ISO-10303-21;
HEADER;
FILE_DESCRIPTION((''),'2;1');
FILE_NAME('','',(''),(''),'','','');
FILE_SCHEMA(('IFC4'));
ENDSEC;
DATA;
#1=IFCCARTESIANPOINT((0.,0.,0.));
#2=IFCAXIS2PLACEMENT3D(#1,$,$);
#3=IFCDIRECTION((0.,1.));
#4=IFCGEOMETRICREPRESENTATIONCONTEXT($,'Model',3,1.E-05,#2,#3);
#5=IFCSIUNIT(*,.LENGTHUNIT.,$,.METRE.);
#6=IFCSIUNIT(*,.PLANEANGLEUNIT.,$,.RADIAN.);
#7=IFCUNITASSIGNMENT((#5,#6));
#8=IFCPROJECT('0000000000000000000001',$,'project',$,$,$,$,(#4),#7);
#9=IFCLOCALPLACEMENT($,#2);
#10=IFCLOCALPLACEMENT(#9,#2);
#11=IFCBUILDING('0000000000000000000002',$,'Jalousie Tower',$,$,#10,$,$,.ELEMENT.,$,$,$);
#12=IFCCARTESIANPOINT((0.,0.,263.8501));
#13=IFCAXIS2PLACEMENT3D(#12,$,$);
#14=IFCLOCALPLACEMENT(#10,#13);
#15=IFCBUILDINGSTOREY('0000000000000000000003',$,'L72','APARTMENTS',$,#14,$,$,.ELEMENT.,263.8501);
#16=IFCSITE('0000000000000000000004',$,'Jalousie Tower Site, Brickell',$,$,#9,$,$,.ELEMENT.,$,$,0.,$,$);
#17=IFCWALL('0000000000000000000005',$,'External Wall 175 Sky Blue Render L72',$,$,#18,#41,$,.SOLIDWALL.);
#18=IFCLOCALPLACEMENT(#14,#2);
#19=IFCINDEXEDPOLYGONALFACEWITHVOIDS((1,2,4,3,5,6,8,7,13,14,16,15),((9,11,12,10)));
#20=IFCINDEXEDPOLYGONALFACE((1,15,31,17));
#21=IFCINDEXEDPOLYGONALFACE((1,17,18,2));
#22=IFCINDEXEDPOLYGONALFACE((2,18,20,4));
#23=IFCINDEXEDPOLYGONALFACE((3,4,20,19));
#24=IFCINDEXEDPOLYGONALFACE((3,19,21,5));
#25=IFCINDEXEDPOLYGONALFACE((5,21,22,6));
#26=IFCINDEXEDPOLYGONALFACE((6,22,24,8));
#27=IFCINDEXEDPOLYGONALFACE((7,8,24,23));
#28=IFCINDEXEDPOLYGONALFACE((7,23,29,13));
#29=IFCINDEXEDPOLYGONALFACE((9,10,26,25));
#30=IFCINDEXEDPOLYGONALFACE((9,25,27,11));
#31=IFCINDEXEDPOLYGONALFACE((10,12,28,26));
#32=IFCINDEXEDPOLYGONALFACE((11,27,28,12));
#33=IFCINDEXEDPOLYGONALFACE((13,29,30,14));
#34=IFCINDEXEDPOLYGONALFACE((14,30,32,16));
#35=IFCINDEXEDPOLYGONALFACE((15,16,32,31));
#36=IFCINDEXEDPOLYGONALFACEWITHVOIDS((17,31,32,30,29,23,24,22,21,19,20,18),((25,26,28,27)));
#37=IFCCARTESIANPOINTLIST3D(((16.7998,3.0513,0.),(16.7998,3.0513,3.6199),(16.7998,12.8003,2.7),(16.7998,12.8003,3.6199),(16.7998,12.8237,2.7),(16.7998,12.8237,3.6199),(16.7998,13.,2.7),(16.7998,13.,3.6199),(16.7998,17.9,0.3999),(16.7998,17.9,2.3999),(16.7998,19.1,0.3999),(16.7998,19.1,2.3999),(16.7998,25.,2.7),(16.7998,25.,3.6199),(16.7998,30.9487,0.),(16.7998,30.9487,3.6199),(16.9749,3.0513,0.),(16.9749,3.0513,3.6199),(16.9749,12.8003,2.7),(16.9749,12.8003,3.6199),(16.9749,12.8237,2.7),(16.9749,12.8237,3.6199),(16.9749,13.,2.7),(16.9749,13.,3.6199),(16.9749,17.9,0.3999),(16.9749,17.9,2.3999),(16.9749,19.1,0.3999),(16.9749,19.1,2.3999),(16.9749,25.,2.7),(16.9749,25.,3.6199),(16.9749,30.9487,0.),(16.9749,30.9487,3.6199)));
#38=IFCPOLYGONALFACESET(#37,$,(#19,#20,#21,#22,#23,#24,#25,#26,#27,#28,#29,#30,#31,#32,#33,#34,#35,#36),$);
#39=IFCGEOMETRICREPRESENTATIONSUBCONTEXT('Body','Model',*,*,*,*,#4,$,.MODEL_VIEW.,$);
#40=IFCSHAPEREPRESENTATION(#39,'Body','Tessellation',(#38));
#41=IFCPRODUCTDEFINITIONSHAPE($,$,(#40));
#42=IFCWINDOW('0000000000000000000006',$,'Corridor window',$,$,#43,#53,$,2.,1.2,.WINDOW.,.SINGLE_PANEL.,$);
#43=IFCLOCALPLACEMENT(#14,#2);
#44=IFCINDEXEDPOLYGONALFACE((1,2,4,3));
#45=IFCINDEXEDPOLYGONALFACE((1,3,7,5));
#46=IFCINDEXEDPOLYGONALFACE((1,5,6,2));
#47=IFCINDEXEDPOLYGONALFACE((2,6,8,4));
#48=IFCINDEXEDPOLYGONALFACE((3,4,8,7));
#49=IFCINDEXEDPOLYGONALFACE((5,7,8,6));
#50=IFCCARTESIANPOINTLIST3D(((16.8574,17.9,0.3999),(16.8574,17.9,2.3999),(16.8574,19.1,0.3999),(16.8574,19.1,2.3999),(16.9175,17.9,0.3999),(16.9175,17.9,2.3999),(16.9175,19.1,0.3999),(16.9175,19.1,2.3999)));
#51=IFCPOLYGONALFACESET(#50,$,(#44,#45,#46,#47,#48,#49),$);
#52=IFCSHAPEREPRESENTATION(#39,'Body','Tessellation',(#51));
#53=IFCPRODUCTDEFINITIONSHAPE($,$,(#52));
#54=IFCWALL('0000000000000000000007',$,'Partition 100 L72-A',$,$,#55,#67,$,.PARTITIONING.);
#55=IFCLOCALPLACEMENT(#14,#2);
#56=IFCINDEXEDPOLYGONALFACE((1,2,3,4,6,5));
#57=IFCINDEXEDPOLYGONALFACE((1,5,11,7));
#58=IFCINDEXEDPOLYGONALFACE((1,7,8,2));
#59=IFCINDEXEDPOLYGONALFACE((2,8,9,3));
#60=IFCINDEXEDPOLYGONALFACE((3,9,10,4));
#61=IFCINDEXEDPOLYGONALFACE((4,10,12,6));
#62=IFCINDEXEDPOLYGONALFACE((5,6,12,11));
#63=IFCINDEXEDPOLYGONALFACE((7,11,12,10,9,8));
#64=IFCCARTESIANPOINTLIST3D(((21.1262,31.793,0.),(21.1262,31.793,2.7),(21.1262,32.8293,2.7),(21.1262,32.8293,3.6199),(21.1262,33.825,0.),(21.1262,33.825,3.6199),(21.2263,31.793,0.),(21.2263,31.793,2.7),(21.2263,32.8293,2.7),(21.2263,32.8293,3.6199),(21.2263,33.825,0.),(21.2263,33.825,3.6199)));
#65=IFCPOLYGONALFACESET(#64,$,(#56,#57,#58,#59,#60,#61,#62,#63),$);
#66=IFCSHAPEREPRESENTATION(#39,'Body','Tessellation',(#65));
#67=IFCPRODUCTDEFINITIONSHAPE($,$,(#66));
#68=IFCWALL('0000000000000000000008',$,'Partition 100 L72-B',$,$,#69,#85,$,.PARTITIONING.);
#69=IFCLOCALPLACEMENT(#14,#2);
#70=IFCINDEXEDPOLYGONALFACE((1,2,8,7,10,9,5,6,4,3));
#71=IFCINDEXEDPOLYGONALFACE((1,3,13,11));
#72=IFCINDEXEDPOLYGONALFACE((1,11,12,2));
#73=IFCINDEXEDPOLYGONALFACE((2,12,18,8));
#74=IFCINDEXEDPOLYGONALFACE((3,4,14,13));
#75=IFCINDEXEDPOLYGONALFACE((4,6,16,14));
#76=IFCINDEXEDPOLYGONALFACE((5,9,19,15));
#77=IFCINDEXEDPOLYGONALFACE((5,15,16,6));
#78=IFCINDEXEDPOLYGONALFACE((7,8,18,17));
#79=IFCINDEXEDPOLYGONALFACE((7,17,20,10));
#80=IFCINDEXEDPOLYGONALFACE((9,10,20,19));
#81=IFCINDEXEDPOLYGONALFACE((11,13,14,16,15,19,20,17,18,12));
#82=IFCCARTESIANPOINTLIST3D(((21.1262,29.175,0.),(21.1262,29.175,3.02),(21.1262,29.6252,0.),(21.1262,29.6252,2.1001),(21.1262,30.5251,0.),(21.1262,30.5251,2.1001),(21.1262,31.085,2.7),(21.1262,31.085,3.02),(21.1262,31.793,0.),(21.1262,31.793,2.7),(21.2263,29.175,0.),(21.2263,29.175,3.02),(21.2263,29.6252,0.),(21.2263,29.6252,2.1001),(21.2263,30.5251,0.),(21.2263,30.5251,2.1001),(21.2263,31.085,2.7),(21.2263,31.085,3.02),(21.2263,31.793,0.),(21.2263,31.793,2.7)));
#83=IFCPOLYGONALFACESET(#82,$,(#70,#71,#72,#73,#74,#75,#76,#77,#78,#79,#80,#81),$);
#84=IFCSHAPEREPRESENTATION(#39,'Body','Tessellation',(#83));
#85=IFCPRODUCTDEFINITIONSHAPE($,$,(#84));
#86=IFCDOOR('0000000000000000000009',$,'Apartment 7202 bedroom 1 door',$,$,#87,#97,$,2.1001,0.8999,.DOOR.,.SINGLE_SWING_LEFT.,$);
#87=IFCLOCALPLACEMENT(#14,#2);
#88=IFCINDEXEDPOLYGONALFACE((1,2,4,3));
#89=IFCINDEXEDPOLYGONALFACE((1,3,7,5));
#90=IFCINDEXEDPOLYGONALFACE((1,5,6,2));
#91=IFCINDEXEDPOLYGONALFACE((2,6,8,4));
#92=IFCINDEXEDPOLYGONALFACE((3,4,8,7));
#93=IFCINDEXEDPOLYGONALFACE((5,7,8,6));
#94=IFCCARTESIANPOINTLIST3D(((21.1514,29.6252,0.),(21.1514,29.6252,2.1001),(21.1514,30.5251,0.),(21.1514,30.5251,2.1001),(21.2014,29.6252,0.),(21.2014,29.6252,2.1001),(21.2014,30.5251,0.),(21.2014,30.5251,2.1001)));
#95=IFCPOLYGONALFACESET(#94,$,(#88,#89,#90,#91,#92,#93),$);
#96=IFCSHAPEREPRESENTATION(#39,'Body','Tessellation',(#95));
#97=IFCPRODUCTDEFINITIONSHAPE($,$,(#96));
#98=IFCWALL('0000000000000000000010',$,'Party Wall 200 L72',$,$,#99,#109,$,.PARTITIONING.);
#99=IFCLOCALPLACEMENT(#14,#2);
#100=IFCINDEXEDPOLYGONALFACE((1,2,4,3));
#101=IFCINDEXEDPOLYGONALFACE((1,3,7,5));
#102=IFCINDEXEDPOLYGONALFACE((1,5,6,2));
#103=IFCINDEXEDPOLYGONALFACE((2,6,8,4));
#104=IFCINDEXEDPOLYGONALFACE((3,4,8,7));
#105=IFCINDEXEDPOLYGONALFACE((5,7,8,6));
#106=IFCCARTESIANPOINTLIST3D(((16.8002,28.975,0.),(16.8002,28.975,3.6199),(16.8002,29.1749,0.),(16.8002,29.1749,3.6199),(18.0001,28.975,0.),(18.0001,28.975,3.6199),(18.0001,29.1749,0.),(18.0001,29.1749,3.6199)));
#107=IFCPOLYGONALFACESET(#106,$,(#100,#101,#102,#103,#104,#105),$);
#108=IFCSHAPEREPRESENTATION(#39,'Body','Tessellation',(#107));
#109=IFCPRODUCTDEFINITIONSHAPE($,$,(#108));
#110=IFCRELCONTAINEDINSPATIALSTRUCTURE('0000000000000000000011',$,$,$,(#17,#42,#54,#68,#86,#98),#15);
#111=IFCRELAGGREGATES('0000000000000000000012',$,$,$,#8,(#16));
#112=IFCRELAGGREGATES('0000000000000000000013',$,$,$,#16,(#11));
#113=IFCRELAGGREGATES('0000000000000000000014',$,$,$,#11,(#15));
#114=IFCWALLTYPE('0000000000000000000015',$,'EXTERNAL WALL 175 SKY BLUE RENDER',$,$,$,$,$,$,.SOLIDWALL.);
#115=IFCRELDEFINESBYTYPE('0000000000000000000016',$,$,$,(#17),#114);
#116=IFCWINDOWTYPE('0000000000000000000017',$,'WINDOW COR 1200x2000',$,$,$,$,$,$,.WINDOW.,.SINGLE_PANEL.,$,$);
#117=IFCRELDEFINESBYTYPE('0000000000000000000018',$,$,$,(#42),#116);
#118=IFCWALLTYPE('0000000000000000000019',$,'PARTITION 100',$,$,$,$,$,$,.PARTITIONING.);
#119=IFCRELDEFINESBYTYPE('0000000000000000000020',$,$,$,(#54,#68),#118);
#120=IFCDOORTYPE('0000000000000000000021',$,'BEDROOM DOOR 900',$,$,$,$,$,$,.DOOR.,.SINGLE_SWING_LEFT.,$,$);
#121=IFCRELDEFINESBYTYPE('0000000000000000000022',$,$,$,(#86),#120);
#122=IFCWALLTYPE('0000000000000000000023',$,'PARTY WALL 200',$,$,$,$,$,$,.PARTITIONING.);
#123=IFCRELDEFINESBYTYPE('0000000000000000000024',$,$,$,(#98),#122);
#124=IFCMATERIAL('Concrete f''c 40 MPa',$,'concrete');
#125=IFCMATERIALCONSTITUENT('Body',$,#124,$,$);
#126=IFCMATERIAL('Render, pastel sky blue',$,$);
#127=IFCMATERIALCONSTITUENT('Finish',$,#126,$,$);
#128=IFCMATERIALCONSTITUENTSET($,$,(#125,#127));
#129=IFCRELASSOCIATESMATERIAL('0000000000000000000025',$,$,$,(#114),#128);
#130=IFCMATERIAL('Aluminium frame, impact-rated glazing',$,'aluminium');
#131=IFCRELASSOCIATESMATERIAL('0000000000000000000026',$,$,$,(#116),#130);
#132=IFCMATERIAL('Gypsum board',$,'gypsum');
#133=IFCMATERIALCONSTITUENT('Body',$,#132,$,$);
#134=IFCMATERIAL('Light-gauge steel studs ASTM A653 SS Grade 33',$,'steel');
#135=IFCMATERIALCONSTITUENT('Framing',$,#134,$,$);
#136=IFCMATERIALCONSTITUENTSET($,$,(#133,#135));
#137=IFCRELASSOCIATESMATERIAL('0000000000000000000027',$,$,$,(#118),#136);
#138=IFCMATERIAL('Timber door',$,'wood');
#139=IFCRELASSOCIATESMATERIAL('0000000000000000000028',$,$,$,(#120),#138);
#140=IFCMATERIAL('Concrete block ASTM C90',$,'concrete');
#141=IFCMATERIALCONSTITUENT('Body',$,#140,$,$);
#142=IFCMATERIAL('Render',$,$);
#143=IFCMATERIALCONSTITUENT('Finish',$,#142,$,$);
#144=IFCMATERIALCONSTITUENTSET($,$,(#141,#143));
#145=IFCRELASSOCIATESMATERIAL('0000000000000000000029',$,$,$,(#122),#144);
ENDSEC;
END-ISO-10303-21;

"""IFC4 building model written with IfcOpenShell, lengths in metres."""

from ifc_helpers import new_model, si_unit, direction, frame, frame_2d, origin, place, context, subcontext, project, spatial, polyline, rectangle, outline, extrude, material, constituent, constituent_set, type_object, element, fill, save


model = new_model("IFC4")

# Units and contexts
model_context = context("Model", 3, precision=1e-05, world=origin(), true_north=direction((0.0, 1.0)))
body_context = subcontext(model_context, "Body", "Model", "MODEL_VIEW")
ifc_project = project(units=[si_unit("LENGTHUNIT", "METRE"), si_unit("PLANEANGLEUNIT", "RADIAN")], contexts=[model_context])

# Site, building, storey
site_placement = place(None, origin())
site = spatial("IfcSite", under=ifc_project, at=site_placement, Name="Jalousie Tower Site, Brickell", CompositionType="ELEMENT", RefElevation=0.0)
building_placement = place(site_placement, origin())
building = spatial("IfcBuilding", under=site, at=building_placement, Name="Jalousie Tower", CompositionType="ELEMENT")
storey_placement = place(building_placement, frame((0.0, 0.0, 263.8501)))
storey = spatial("IfcBuildingStorey", under=building, at=storey_placement, Name="L72", Description="APARTMENTS", CompositionType="ELEMENT", Elevation=263.8501)

# Wall, opening, window
ifc_material_1 = material(Name="Concrete f'c 40 MPa", Category="concrete")
ifc_constituent_1 = constituent(ifc_material_1, Name="Body")
ifc_material_2 = material(Name="Render, pastel sky blue")
ifc_constituent_2 = constituent(ifc_material_2, Name="Finish")
ifc_constituent_set_1 = constituent_set(constituents=[ifc_constituent_1, ifc_constituent_2])
wall_type_1 = type_object("IfcWallType", Name="EXTERNAL WALL 175 SKY BLUE RENDER", PredefinedType="SOLIDWALL", material=ifc_constituent_set_1)
wall_1_placement = place(storey_placement, frame((16.8875, 30.9487, 0.0), z_axis=(0.0, 0.0, 1.0), x_axis=(0.0, -1.0, 0.0)))
wall_1 = element("IfcWall", 1, at=wall_1_placement, inside=storey, type_object=wall_type_1, Name="External Wall 175 Sky Blue Render L72", PredefinedType="SOLIDWALL", context=body_context, shape_type="SweptSolid", body=[
    extrude(outline(polyline([(0.0, 0.0), (27.8975, 0.0), (27.8975, 3.6199), (18.1484, 3.6199), (18.1484, 2.7), (18.125, 2.7), (18.125, 3.6199), (17.9487, 3.6199), (17.9487, 2.7), (5.9487, 2.7), (5.9487, 3.6199), (0.0, 3.6199), (0.0, 0.0)])), frame((0.0, 0.0874, 0.0), z_axis=(0.0, -1.0, 0.0), x_axis=(1.0, 0.0, 0.0)), (0.0, 0.0, 1.0), 0.175),
])
opening_1_placement = place(wall_1_placement, frame((11.8486, 0.0, 0.3999)))
opening_1 = element("IfcOpeningElement", 2, at=opening_1_placement, cuts=wall_1, PredefinedType="OPENING", context=body_context, shape_type="SweptSolid", body=[
    extrude(rectangle(XDim=1.2, YDim=2.0, at=frame_2d((0.6001, 1.0))), frame((0.0, 0.0974, 0.0), z_axis=(0.0, -1.0, 0.0), x_axis=(1.0, 0.0, 0.0)), (0.0, 0.0, 1.0), 0.1951),
])
ifc_material_3 = material(Name="Aluminium frame, impact-rated glazing", Category="aluminium")
window_type = type_object("IfcWindowType", Name="WINDOW COR 1200x2000", PartitioningType="SINGLE_PANEL", PredefinedType="WINDOW", material=ifc_material_3)
window_placement = place(opening_1_placement, origin())
window = element("IfcWindow", 3, at=window_placement, inside=storey, type_object=window_type, Name="Corridor window", OverallHeight=2.0, OverallWidth=1.2, PartitioningType="SINGLE_PANEL", PredefinedType="WINDOW", context=body_context, shape_type="SweptSolid", body=[
    extrude(rectangle(XDim=1.2, YDim=2.0, at=frame_2d((0.6001, 1.0))), frame((0.0, 0.03, 0.0), z_axis=(0.0, -1.0, 0.0), x_axis=(1.0, 0.0, 0.0)), (0.0, 0.0, 1.0), 0.0601),
])
fill(opening_1, window)

# Wall
ifc_material_4 = material(Name="Gypsum board", Category="gypsum")
ifc_constituent_3 = constituent(ifc_material_4, Name="Body")
ifc_material_5 = material(Name="Light-gauge steel studs ASTM A653 SS Grade 33", Category="steel")
ifc_constituent_4 = constituent(ifc_material_5, Name="Framing")
ifc_constituent_set_2 = constituent_set(constituents=[ifc_constituent_3, ifc_constituent_4])
wall_type_2 = type_object("IfcWallType", Name="PARTITION 100", PredefinedType="PARTITIONING", material=ifc_constituent_set_2)
wall_2_placement = place(storey_placement, frame((21.1763, 33.825, 0.0), z_axis=(0.0, 0.0, 1.0), x_axis=(0.0, -1.0, 0.0)))
element("IfcWall", 4, at=wall_2_placement, inside=storey, type_object=wall_type_2, Name="Partition 100 L72-A", PredefinedType="PARTITIONING", context=body_context, shape_type="SweptSolid", body=[
    extrude(outline(polyline([(0.0, 0.0), (2.032, 0.0), (2.032, 2.7), (0.9956, 2.7), (0.9956, 3.6199), (0.0, 3.6199), (0.0, 0.0)])), frame((0.0, 0.05, 0.0), z_axis=(0.0, -1.0, 0.0), x_axis=(1.0, 0.0, 0.0)), (0.0, 0.0, 1.0), 0.1001),
])

# Wall, opening, door
wall_3_placement = place(storey_placement, frame((21.1763, 31.793, 0.0), z_axis=(0.0, 0.0, 1.0), x_axis=(0.0, -1.0, 0.0)))
wall_3 = element("IfcWall", 5, at=wall_3_placement, inside=storey, type_object=wall_type_2, Name="Partition 100 L72-B", PredefinedType="PARTITIONING", context=body_context, shape_type="SweptSolid", body=[
    extrude(outline(polyline([(0.0, 0.0), (2.6179, 0.0), (2.6179, 3.02), (0.708, 3.02), (0.708, 2.7), (0.0, 2.7), (0.0, 0.0)])), frame((0.0, 0.05, 0.0), z_axis=(0.0, -1.0, 0.0), x_axis=(1.0, 0.0, 0.0)), (0.0, 0.0, 1.0), 0.1001),
])
opening_2_placement = place(wall_3_placement, frame((1.2678, 0.0, 0.0)))
opening_2 = element("IfcOpeningElement", 6, at=opening_2_placement, cuts=wall_3, PredefinedType="OPENING", context=body_context, shape_type="SweptSolid", body=[
    extrude(rectangle(XDim=0.8999, YDim=2.1001, at=frame_2d((0.45, 1.05))), frame((0.0, 0.0601, 0.0), z_axis=(0.0, -1.0, 0.0), x_axis=(1.0, 0.0, 0.0)), (0.0, 0.0, 1.0), 0.1201),
])
ifc_material_6 = material(Name="Timber door", Category="wood")
door_type_1 = type_object("IfcDoorType", Name="BEDROOM DOOR 900", OperationType="SINGLE_SWING_LEFT", PredefinedType="DOOR", material=ifc_material_6)
door_1_placement = place(opening_2_placement, frame((0.8999, 0.0, 0.0), z_axis=(0.0, 0.0, 1.0), x_axis=(-1.0, 0.0, 0.0)))
door_1 = element("IfcDoor", 7, at=door_1_placement, inside=storey, type_object=door_type_1, Name="Apartment 7202 bedroom 1 door", OperationType="SINGLE_SWING_LEFT", OverallHeight=2.1001, OverallWidth=0.8999, PredefinedType="DOOR", context=body_context, shape_type="SweptSolid", body=[
    extrude(rectangle(XDim=0.8999, YDim=2.1001, at=frame_2d((0.45, 1.05))), frame((0.0, 0.0249, 0.0), z_axis=(0.0, -1.0, 0.0), x_axis=(1.0, 0.0, 0.0)), (0.0, 0.0, 1.0), 0.05),
])
fill(opening_2, door_1)

# Wall
ifc_material_7 = material(Name="Concrete block ASTM C90", Category="concrete")
ifc_constituent_5 = constituent(ifc_material_7, Name="Body")
ifc_material_8 = material(Name="Render")
ifc_constituent_6 = constituent(ifc_material_8, Name="Finish")
ifc_constituent_set_3 = constituent_set(constituents=[ifc_constituent_5, ifc_constituent_6])
wall_type_3 = type_object("IfcWallType", Name="PARTY WALL 200", PredefinedType="PARTITIONING", material=ifc_constituent_set_3)
wall_4_placement = place(storey_placement, frame((16.8, 29.075, 0.0), z_axis=(0.0, 0.0, 1.0), x_axis=(1.0, 0.0, 0.0)))
element("IfcWall", 8, at=wall_4_placement, inside=storey, type_object=wall_type_3, Name="Party Wall 200 L72", PredefinedType="PARTITIONING", context=body_context, shape_type="SweptSolid", body=[
    extrude(rectangle(XDim=1.2, YDim=0.2, at=frame_2d((0.6001, 0.0))), origin(), (0.0, 0.0, 1.0), 3.6199),
])

save(model, "model.ifc")
